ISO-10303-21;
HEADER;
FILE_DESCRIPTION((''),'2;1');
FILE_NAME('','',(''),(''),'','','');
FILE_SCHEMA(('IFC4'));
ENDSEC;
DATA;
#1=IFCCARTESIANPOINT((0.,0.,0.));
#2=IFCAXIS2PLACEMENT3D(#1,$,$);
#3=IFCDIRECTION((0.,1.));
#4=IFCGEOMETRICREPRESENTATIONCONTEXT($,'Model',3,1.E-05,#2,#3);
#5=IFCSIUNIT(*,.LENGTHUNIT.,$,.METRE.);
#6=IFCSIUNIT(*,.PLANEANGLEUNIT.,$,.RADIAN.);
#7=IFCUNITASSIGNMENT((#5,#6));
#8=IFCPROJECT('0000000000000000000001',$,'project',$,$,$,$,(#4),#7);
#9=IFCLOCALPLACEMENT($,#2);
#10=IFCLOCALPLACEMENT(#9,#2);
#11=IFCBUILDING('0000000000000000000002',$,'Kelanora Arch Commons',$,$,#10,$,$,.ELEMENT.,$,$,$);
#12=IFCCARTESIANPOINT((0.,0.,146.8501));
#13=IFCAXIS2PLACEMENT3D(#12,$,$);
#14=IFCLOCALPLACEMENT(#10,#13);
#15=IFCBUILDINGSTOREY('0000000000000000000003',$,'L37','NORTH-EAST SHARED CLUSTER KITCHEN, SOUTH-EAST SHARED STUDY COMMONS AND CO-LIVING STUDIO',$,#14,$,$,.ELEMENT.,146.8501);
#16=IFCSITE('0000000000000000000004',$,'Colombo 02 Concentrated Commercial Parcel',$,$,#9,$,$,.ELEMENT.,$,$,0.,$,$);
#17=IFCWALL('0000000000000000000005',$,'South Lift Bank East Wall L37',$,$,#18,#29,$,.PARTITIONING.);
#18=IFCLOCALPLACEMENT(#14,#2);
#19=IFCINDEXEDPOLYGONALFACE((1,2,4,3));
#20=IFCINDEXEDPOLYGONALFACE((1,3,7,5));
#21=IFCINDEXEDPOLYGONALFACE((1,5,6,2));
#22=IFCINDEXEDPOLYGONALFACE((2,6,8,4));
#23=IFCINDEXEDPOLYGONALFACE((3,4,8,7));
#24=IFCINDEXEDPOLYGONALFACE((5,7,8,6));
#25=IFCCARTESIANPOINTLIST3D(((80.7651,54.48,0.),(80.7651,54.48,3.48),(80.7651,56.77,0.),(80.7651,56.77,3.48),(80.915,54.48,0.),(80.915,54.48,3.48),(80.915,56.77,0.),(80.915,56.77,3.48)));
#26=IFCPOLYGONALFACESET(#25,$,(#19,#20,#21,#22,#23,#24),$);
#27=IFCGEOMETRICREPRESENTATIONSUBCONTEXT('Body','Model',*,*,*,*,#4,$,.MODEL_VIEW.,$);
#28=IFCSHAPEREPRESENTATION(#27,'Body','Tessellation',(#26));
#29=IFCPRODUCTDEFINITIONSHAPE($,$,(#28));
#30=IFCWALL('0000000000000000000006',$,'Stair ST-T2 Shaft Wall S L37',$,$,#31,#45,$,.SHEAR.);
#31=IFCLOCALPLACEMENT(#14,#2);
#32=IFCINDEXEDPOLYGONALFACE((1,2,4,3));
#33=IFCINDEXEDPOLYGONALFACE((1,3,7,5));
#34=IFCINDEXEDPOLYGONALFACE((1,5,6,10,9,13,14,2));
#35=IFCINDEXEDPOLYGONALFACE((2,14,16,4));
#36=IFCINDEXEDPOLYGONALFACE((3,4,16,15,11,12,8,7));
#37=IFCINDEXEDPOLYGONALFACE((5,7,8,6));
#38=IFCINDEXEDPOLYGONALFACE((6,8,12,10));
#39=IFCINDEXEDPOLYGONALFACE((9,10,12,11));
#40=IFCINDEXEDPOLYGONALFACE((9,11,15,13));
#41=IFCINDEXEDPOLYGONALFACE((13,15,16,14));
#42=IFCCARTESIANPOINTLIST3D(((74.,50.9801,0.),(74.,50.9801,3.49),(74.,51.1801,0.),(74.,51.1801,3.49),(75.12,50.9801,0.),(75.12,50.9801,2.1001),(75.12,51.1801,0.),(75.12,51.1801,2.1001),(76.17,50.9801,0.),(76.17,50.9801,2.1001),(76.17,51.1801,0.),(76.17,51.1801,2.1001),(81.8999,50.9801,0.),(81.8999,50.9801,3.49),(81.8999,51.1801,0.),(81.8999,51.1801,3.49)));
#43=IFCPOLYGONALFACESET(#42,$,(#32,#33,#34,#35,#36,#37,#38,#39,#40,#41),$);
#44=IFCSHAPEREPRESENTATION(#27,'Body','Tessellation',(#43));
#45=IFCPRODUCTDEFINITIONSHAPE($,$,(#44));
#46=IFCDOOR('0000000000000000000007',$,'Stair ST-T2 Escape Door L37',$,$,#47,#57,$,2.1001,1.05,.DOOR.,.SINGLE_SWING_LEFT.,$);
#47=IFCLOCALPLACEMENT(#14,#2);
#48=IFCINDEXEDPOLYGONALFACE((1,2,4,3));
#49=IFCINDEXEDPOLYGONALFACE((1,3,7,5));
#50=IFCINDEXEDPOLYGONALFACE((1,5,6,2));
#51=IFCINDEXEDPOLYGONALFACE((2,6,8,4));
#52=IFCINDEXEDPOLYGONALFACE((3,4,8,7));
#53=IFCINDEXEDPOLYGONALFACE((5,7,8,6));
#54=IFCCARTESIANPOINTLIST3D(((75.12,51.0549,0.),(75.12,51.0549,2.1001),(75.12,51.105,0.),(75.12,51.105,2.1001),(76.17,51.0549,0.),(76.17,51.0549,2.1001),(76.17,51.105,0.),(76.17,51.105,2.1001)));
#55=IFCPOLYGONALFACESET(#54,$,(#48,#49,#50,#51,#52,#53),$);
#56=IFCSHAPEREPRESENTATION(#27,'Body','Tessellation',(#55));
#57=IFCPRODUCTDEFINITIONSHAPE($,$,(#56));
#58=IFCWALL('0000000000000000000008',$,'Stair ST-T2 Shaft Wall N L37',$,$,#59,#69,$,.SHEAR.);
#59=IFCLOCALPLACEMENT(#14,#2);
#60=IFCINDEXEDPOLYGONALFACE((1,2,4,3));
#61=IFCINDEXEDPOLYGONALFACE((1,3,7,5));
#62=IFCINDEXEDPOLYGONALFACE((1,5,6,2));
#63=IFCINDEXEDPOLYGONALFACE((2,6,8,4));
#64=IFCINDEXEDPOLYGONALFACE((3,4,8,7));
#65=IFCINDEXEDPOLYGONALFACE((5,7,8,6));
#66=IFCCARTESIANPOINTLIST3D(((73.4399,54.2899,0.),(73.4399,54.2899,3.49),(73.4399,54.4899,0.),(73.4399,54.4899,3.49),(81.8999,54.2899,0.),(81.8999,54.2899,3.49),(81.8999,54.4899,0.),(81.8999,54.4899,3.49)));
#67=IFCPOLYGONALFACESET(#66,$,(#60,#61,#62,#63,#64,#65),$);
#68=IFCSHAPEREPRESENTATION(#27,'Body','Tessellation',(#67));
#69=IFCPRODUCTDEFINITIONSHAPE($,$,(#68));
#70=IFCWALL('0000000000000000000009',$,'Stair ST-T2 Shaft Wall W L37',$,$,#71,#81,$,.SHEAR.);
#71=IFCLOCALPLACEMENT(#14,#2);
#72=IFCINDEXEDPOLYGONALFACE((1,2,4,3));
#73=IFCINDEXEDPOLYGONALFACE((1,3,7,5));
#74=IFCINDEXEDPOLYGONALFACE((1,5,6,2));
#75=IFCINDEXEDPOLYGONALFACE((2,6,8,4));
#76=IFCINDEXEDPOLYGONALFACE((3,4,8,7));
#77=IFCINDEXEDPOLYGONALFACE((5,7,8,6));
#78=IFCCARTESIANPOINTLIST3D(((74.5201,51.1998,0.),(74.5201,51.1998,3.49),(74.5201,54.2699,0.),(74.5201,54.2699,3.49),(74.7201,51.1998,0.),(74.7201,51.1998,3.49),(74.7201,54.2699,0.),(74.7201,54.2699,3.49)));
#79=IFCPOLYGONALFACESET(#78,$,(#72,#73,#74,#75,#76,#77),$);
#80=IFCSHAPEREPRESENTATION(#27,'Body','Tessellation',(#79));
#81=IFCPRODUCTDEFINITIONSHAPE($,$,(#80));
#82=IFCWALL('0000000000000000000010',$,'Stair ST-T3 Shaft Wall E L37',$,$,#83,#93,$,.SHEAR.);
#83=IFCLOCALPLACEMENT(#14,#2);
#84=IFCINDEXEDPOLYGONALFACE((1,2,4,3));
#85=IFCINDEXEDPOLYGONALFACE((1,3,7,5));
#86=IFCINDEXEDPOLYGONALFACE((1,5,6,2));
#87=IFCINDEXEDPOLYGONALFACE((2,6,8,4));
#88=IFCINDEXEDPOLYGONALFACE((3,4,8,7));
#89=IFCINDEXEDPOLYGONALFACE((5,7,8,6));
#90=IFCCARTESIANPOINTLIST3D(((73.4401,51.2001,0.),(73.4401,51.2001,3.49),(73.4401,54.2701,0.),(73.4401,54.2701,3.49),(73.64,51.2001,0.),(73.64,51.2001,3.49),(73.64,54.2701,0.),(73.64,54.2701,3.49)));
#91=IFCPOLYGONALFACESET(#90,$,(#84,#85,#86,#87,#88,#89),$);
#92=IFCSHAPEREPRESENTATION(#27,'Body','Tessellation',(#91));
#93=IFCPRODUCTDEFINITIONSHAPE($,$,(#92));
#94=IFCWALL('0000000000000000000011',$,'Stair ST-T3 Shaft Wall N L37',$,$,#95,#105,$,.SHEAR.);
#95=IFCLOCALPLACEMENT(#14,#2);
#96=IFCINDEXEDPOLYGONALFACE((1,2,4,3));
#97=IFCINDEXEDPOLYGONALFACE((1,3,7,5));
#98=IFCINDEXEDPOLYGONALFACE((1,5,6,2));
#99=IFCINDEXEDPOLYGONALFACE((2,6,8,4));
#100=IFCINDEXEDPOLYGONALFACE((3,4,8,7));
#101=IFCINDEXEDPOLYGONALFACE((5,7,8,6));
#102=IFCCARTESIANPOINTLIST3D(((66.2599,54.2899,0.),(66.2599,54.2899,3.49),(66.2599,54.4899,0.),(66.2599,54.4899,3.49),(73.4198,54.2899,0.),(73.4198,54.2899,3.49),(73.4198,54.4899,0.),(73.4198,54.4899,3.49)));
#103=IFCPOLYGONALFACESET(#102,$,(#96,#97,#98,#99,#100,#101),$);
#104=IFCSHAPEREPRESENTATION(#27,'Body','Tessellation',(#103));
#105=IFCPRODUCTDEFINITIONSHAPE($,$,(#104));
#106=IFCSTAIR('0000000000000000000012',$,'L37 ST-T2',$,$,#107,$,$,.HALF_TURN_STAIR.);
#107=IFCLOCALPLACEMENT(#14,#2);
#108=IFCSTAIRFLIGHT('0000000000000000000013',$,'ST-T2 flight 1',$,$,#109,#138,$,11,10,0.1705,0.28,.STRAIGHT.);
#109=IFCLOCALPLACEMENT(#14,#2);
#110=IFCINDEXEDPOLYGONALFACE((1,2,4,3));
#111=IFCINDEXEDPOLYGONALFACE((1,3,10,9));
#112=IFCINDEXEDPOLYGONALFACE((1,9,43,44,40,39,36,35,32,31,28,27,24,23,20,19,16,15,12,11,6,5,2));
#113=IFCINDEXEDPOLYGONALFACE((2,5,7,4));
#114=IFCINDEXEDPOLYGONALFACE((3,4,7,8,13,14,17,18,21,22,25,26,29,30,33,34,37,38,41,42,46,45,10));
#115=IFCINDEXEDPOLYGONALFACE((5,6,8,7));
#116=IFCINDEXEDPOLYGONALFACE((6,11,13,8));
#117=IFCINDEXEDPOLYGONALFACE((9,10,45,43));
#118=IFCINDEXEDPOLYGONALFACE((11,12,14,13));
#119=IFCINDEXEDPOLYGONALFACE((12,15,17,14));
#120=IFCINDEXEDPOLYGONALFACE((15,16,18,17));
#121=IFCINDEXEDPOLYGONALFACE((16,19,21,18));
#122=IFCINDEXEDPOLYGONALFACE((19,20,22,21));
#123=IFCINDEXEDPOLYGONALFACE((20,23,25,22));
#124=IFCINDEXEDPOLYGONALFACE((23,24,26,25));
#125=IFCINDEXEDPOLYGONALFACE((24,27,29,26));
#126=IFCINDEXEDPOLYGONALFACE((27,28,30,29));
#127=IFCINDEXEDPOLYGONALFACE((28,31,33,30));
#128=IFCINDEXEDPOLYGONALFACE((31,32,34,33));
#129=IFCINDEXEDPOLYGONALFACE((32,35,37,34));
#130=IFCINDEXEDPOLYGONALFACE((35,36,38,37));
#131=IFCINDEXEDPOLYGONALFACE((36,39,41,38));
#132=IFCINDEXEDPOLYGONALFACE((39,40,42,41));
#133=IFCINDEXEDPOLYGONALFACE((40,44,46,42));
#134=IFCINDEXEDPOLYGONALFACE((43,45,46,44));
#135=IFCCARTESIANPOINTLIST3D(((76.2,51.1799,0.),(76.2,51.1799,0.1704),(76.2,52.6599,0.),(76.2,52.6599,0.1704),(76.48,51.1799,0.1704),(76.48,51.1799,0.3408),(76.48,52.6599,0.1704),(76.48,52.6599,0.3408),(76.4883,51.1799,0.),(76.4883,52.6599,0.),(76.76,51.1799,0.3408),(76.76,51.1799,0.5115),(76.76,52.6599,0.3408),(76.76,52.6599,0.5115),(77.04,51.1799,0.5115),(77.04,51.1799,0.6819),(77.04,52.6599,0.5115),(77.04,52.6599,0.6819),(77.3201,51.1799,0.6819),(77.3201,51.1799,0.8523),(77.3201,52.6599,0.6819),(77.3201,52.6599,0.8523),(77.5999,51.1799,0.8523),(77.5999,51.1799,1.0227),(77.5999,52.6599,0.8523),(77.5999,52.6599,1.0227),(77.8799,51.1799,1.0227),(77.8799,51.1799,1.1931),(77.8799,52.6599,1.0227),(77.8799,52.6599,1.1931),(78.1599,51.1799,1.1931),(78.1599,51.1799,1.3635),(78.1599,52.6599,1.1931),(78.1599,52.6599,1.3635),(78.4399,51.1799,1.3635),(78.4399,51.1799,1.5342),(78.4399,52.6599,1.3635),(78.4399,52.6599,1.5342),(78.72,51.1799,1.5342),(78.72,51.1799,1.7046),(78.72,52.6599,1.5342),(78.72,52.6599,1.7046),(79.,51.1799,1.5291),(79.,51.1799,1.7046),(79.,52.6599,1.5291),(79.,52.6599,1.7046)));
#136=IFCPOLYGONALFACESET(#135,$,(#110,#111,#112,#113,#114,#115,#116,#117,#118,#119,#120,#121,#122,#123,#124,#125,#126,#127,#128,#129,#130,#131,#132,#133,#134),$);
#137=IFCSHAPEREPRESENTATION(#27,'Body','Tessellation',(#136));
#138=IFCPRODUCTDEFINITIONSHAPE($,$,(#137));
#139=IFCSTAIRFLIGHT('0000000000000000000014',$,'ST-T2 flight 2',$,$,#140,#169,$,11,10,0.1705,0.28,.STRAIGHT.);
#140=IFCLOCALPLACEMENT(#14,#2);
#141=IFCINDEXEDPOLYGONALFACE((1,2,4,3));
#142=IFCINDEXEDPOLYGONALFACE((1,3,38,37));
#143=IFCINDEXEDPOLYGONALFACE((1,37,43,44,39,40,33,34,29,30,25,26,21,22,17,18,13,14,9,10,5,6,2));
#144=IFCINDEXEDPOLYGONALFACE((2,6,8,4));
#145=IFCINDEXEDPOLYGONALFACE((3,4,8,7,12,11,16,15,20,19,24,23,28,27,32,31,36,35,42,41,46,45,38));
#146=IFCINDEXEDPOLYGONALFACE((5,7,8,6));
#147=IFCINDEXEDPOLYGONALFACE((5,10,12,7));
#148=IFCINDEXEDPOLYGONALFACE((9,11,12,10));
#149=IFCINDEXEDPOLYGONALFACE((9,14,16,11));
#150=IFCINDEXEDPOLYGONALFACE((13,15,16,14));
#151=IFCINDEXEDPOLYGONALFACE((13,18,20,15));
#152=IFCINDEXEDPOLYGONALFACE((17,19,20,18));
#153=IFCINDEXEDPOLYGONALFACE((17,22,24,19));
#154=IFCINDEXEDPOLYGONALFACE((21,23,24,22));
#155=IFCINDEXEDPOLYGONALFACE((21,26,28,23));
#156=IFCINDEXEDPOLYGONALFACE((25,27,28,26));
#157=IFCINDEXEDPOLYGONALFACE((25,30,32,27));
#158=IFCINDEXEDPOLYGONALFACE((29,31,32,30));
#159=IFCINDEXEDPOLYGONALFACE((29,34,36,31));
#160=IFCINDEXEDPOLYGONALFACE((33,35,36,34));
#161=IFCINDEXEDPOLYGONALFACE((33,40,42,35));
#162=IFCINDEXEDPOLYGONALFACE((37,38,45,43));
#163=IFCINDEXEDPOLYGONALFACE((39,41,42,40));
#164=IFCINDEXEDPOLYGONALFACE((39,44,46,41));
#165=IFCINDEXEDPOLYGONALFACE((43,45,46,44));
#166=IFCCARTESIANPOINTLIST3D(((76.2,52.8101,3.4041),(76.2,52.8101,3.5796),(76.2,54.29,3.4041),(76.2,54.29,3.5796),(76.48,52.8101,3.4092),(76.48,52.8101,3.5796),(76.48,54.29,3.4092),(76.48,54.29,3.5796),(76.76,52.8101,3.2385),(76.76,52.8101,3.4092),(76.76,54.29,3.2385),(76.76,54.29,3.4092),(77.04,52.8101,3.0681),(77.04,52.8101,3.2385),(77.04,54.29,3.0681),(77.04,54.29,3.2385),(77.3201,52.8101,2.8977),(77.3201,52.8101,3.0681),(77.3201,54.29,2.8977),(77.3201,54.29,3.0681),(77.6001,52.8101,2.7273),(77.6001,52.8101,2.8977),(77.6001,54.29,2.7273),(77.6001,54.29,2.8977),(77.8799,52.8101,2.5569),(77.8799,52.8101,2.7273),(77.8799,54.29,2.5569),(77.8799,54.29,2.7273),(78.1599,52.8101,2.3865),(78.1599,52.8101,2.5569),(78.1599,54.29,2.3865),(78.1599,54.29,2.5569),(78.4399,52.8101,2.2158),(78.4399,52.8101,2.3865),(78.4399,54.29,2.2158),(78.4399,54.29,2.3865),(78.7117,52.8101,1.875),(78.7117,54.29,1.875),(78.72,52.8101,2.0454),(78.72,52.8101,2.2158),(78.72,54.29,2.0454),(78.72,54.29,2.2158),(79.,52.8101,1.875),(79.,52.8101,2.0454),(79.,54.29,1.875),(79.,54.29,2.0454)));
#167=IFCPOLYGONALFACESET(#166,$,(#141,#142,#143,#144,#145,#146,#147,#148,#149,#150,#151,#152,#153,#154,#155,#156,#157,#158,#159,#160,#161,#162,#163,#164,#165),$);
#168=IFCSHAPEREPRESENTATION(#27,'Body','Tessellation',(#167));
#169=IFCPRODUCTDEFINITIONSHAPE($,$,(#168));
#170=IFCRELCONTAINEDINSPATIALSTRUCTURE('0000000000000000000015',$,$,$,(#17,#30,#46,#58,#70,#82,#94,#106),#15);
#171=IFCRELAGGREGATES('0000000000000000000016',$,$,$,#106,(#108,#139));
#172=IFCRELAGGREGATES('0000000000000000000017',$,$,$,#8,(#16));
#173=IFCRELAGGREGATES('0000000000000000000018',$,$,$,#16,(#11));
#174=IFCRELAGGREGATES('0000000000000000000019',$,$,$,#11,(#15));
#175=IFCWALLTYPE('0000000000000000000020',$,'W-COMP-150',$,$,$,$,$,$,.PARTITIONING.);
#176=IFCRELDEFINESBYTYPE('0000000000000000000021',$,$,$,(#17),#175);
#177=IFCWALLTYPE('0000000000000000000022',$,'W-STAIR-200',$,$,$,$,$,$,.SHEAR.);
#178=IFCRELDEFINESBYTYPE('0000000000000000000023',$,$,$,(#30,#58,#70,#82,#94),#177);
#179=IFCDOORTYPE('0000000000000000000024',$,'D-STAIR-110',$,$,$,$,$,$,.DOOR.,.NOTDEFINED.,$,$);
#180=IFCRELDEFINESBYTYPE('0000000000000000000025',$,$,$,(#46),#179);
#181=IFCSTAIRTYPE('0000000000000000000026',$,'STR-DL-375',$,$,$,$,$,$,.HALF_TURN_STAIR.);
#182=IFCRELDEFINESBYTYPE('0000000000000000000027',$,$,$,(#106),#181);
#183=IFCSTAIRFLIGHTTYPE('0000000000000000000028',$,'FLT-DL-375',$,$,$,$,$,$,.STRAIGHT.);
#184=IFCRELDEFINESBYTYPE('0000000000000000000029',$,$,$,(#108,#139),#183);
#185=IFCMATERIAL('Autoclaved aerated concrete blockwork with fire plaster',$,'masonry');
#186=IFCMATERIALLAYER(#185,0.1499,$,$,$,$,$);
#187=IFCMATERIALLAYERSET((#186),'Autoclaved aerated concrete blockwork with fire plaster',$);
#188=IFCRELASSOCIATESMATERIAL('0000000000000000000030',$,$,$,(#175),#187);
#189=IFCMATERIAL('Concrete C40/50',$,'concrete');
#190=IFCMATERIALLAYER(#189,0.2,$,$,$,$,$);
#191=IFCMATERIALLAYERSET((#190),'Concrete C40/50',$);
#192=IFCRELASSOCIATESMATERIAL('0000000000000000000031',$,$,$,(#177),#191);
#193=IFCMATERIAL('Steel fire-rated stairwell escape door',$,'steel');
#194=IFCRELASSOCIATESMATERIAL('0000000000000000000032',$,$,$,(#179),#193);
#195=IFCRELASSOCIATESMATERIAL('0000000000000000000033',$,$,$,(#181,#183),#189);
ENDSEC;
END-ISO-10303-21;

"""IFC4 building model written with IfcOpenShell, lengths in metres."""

from ifc_helpers import new_model, si_unit, direction, frame, frame_2d, origin, place, context, subcontext, project, spatial, polyline, rectangle, outline, extrude, material, layer, layer_set, type_object, element, fill, aggregate, save


model = new_model("IFC4")

# Units and contexts
model_context = context("Model", 3, precision=1e-05, world=origin(), true_north=direction((0.0, 1.0)))
body_context = subcontext(model_context, "Body", "Model", "MODEL_VIEW")
ifc_project = project(units=[si_unit("LENGTHUNIT", "METRE"), si_unit("PLANEANGLEUNIT", "RADIAN")], contexts=[model_context])

# Site, building, storey
site_placement = place(None, origin())
site = spatial("IfcSite", under=ifc_project, at=site_placement, Name="Colombo 02 Concentrated Commercial Parcel", CompositionType="ELEMENT", RefElevation=0.0)
building_placement = place(site_placement, origin())
building = spatial("IfcBuilding", under=site, at=building_placement, Name="Kelanora Arch Commons", CompositionType="ELEMENT")
storey_placement = place(building_placement, frame((0.0, 0.0, 146.8501)))
storey = spatial("IfcBuildingStorey", under=building, at=storey_placement, Name="L37", Description="NORTH-EAST SHARED CLUSTER KITCHEN, SOUTH-EAST SHARED STUDY COMMONS AND CO-LIVING STUDIO", CompositionType="ELEMENT", Elevation=146.8501)

# Wall
ifc_material_1 = material(Name="Autoclaved aerated concrete blockwork with fire plaster", Category="masonry")
ifc_layer_1 = layer(ifc_material_1, 0.1499)
ifc_layer_set_1 = layer_set([ifc_layer_1], Name="Autoclaved aerated concrete blockwork with fire plaster")
wall_type_1 = type_object("IfcWallType", Name="W-COMP-150", PredefinedType="PARTITIONING", material=ifc_layer_set_1)
wall_1_placement = place(storey_placement, frame((80.8401, 54.48, 0.0), z_axis=(0.0, 0.0, 1.0), x_axis=(0.0, 1.0, 0.0)))
element("IfcWall", 1, at=wall_1_placement, inside=storey, type_object=wall_type_1, Name="South Lift Bank East Wall L37", PredefinedType="PARTITIONING", context=body_context, shape_type="SweptSolid", body=[
    extrude(rectangle(XDim=2.29, YDim=0.1499, at=frame_2d((1.145, 0.0))), origin(), (0.0, 0.0, 1.0), 3.48),
])

# Wall, opening, door
ifc_material_2 = material(Name="Concrete C40/50", Category="concrete")
ifc_layer_2 = layer(ifc_material_2, 0.2)
ifc_layer_set_2 = layer_set([ifc_layer_2], Name="Concrete C40/50")
wall_type_2 = type_object("IfcWallType", Name="W-STAIR-200", PredefinedType="SHEAR", material=ifc_layer_set_2)
wall_2_placement = place(storey_placement, frame((74.0, 51.0801, 0.0), z_axis=(0.0, 0.0, 1.0), x_axis=(1.0, 0.0, 0.0)))
wall_2 = element("IfcWall", 2, at=wall_2_placement, inside=storey, type_object=wall_type_2, Name="Stair ST-T2 Shaft Wall S L37", PredefinedType="SHEAR", context=body_context, shape_type="SweptSolid", body=[
    extrude(rectangle(XDim=7.8999, YDim=0.2, at=frame_2d((3.95, 0.0))), origin(), (0.0, 0.0, 1.0), 3.49),
])
opening_placement = place(wall_2_placement, frame((1.1201, 0.0, 0.0)))
opening = element("IfcOpeningElement", 3, at=opening_placement, cuts=wall_2, PredefinedType="OPENING", context=body_context, shape_type="SweptSolid", body=[
    extrude(rectangle(XDim=1.05, YDim=2.1001, at=frame_2d((0.5249, 1.05))), frame((0.0, 0.1099, 0.0), z_axis=(0.0, -1.0, 0.0), x_axis=(1.0, 0.0, 0.0)), (0.0, 0.0, 1.0), 0.22),
])
ifc_material_3 = material(Name="Steel fire-rated stairwell escape door", Category="steel")
door_type = type_object("IfcDoorType", Name="D-STAIR-110", OperationType="NOTDEFINED", PredefinedType="DOOR", material=ifc_material_3)
door_placement = place(opening_placement, origin())
door = element("IfcDoor", 4, at=door_placement, inside=storey, type_object=door_type, Name="Stair ST-T2 Escape Door L37", OperationType="SINGLE_SWING_LEFT", OverallHeight=2.1001, OverallWidth=1.05, PredefinedType="DOOR", context=body_context, shape_type="SweptSolid", body=[
    extrude(rectangle(XDim=1.05, YDim=2.1001, at=frame_2d((0.5249, 1.05))), frame((0.0, 0.0249, 0.0), z_axis=(0.0, -1.0, 0.0), x_axis=(1.0, 0.0, 0.0)), (0.0, 0.0, 1.0), 0.05),
])
fill(opening, door)

# Walls
wall_3_placement = place(storey_placement, frame((81.8999, 54.3899, 0.0), z_axis=(0.0, 0.0, 1.0), x_axis=(-1.0, 0.0, 0.0)))
element("IfcWall", 5, at=wall_3_placement, inside=storey, type_object=wall_type_2, Name="Stair ST-T2 Shaft Wall N L37", PredefinedType="SHEAR", context=body_context, shape_type="SweptSolid", body=[
    extrude(rectangle(XDim=8.46, YDim=0.2, at=frame_2d((4.23, 0.0))), origin(), (0.0, 0.0, 1.0), 3.49),
])
for number, where, z_axis, x_axis, name in (
    (6, (74.6201, 54.27, 0.0), (0.0, 0.0, 1.0), (0.0, -1.0, 0.0), "Stair ST-T2 Shaft Wall W L37"),
    (7, (73.54, 51.2, 0.0), (0.0, 0.0, 1.0), (0.0, 1.0, 0.0), "Stair ST-T3 Shaft Wall E L37"),
):
    element("IfcWall", number, at=place(storey_placement, frame(where, z_axis=z_axis, x_axis=x_axis)), inside=storey, type_object=wall_type_2, Name=name, PredefinedType="SHEAR", context=body_context, shape_type="SweptSolid", body=[
        extrude(rectangle(XDim=3.0701, YDim=0.2, at=frame_2d((1.5352, 0.0))), origin(), (0.0, 0.0, 1.0), 3.49),
    ])
wall_4_placement = place(storey_placement, frame((73.4199, 54.3899, 0.0), z_axis=(0.0, 0.0, 1.0), x_axis=(-1.0, 0.0, 0.0)))
element("IfcWall", 8, at=wall_4_placement, inside=storey, type_object=wall_type_2, Name="Stair ST-T3 Shaft Wall N L37", PredefinedType="SHEAR", context=body_context, shape_type="SweptSolid", body=[
    extrude(rectangle(XDim=7.1599, YDim=0.2, at=frame_2d((3.5801, 0.0))), origin(), (0.0, 0.0, 1.0), 3.49),
])

# Stair, stair flights
stair_type = type_object("IfcStairType", Name="STR-DL-375", PredefinedType="HALF_TURN_STAIR", material=ifc_material_2)
stair_placement = place(storey_placement, origin())
stair = element("IfcStair", 9, at=stair_placement, inside=storey, type_object=stair_type, Name="L37 ST-T2", PredefinedType="HALF_TURN_STAIR")
stair_flight_type = type_object("IfcStairFlightType", Name="FLT-DL-375", PredefinedType="STRAIGHT", material=ifc_material_2)
stair_flight_1_placement = place(storey_placement, frame((76.2, 51.9199, 0.0), z_axis=(0.0, 0.0, 1.0), x_axis=(1.0, 0.0, 0.0)))
stair_flight_1 = element("IfcStairFlight", 10, at=stair_flight_1_placement, type_object=stair_flight_type, Name="ST-T2 flight 1", NumberOfRisers=11, NumberOfTreads=10, PredefinedType="STRAIGHT", RiserHeight=0.1705, TreadLength=0.28, context=body_context, shape_type="SweptSolid", body=[
    extrude(outline(polyline([(0.0, 0.0), (0.0, 0.1704), (0.28, 0.1704), (0.28, 0.3408), (0.5601, 0.3408), (0.5601, 0.5115), (0.8401, 0.5115), (0.8401, 0.6819), (1.1201, 0.6819), (1.1201, 0.8523), (1.3999, 0.8523), (1.3999, 1.0227), (1.6799, 1.0227), (1.6799, 1.1931), (1.96, 1.1931), (1.96, 1.3635), (2.24, 1.3635), (2.24, 1.5342), (2.52, 1.5342), (2.52, 1.7046), (2.8, 1.7046), (2.8, 1.875), (2.8, 1.5291), (0.2883, 0.0), (0.0, 0.0)])), frame((0.0, 0.74, 0.0), z_axis=(0.0, -1.0, 0.0), x_axis=(1.0, 0.0, 0.0)), (0.0, 0.0, 1.0), 1.48),
])
stair_flight_2_placement = place(storey_placement, frame((79.0, 53.55, 1.875), z_axis=(0.0, 0.0, 1.0), x_axis=(-1.0, 0.0, 0.0)))
stair_flight_2 = element("IfcStairFlight", 11, at=stair_flight_2_placement, type_object=stair_flight_type, Name="ST-T2 flight 2", NumberOfRisers=11, NumberOfTreads=10, PredefinedType="STRAIGHT", RiserHeight=0.1705, TreadLength=0.28, context=body_context, shape_type="SweptSolid", body=[
    extrude(outline(polyline([(0.0, 0.0), (0.0, 0.1704), (0.28, 0.1704), (0.28, 0.3408), (0.5601, 0.3408), (0.5601, 0.5115), (0.8401, 0.5115), (0.8401, 0.6819), (1.1201, 0.6819), (1.1201, 0.8523), (1.3999, 0.8523), (1.3999, 1.0227), (1.6799, 1.0227), (1.6799, 1.1931), (1.96, 1.1931), (1.96, 1.3635), (2.24, 1.3635), (2.24, 1.5342), (2.52, 1.5342), (2.52, 1.7046), (2.8, 1.7046), (2.8, 1.875), (2.8, 1.5291), (0.2883, 0.0), (0.0, 0.0)])), frame((0.0, 0.74, 0.0), z_axis=(0.0, -1.0, 0.0), x_axis=(1.0, 0.0, 0.0)), (0.0, 0.0, 1.0), 1.48),
])
aggregate(stair, [stair_flight_1, stair_flight_2])

save(model, "model.ifc")
